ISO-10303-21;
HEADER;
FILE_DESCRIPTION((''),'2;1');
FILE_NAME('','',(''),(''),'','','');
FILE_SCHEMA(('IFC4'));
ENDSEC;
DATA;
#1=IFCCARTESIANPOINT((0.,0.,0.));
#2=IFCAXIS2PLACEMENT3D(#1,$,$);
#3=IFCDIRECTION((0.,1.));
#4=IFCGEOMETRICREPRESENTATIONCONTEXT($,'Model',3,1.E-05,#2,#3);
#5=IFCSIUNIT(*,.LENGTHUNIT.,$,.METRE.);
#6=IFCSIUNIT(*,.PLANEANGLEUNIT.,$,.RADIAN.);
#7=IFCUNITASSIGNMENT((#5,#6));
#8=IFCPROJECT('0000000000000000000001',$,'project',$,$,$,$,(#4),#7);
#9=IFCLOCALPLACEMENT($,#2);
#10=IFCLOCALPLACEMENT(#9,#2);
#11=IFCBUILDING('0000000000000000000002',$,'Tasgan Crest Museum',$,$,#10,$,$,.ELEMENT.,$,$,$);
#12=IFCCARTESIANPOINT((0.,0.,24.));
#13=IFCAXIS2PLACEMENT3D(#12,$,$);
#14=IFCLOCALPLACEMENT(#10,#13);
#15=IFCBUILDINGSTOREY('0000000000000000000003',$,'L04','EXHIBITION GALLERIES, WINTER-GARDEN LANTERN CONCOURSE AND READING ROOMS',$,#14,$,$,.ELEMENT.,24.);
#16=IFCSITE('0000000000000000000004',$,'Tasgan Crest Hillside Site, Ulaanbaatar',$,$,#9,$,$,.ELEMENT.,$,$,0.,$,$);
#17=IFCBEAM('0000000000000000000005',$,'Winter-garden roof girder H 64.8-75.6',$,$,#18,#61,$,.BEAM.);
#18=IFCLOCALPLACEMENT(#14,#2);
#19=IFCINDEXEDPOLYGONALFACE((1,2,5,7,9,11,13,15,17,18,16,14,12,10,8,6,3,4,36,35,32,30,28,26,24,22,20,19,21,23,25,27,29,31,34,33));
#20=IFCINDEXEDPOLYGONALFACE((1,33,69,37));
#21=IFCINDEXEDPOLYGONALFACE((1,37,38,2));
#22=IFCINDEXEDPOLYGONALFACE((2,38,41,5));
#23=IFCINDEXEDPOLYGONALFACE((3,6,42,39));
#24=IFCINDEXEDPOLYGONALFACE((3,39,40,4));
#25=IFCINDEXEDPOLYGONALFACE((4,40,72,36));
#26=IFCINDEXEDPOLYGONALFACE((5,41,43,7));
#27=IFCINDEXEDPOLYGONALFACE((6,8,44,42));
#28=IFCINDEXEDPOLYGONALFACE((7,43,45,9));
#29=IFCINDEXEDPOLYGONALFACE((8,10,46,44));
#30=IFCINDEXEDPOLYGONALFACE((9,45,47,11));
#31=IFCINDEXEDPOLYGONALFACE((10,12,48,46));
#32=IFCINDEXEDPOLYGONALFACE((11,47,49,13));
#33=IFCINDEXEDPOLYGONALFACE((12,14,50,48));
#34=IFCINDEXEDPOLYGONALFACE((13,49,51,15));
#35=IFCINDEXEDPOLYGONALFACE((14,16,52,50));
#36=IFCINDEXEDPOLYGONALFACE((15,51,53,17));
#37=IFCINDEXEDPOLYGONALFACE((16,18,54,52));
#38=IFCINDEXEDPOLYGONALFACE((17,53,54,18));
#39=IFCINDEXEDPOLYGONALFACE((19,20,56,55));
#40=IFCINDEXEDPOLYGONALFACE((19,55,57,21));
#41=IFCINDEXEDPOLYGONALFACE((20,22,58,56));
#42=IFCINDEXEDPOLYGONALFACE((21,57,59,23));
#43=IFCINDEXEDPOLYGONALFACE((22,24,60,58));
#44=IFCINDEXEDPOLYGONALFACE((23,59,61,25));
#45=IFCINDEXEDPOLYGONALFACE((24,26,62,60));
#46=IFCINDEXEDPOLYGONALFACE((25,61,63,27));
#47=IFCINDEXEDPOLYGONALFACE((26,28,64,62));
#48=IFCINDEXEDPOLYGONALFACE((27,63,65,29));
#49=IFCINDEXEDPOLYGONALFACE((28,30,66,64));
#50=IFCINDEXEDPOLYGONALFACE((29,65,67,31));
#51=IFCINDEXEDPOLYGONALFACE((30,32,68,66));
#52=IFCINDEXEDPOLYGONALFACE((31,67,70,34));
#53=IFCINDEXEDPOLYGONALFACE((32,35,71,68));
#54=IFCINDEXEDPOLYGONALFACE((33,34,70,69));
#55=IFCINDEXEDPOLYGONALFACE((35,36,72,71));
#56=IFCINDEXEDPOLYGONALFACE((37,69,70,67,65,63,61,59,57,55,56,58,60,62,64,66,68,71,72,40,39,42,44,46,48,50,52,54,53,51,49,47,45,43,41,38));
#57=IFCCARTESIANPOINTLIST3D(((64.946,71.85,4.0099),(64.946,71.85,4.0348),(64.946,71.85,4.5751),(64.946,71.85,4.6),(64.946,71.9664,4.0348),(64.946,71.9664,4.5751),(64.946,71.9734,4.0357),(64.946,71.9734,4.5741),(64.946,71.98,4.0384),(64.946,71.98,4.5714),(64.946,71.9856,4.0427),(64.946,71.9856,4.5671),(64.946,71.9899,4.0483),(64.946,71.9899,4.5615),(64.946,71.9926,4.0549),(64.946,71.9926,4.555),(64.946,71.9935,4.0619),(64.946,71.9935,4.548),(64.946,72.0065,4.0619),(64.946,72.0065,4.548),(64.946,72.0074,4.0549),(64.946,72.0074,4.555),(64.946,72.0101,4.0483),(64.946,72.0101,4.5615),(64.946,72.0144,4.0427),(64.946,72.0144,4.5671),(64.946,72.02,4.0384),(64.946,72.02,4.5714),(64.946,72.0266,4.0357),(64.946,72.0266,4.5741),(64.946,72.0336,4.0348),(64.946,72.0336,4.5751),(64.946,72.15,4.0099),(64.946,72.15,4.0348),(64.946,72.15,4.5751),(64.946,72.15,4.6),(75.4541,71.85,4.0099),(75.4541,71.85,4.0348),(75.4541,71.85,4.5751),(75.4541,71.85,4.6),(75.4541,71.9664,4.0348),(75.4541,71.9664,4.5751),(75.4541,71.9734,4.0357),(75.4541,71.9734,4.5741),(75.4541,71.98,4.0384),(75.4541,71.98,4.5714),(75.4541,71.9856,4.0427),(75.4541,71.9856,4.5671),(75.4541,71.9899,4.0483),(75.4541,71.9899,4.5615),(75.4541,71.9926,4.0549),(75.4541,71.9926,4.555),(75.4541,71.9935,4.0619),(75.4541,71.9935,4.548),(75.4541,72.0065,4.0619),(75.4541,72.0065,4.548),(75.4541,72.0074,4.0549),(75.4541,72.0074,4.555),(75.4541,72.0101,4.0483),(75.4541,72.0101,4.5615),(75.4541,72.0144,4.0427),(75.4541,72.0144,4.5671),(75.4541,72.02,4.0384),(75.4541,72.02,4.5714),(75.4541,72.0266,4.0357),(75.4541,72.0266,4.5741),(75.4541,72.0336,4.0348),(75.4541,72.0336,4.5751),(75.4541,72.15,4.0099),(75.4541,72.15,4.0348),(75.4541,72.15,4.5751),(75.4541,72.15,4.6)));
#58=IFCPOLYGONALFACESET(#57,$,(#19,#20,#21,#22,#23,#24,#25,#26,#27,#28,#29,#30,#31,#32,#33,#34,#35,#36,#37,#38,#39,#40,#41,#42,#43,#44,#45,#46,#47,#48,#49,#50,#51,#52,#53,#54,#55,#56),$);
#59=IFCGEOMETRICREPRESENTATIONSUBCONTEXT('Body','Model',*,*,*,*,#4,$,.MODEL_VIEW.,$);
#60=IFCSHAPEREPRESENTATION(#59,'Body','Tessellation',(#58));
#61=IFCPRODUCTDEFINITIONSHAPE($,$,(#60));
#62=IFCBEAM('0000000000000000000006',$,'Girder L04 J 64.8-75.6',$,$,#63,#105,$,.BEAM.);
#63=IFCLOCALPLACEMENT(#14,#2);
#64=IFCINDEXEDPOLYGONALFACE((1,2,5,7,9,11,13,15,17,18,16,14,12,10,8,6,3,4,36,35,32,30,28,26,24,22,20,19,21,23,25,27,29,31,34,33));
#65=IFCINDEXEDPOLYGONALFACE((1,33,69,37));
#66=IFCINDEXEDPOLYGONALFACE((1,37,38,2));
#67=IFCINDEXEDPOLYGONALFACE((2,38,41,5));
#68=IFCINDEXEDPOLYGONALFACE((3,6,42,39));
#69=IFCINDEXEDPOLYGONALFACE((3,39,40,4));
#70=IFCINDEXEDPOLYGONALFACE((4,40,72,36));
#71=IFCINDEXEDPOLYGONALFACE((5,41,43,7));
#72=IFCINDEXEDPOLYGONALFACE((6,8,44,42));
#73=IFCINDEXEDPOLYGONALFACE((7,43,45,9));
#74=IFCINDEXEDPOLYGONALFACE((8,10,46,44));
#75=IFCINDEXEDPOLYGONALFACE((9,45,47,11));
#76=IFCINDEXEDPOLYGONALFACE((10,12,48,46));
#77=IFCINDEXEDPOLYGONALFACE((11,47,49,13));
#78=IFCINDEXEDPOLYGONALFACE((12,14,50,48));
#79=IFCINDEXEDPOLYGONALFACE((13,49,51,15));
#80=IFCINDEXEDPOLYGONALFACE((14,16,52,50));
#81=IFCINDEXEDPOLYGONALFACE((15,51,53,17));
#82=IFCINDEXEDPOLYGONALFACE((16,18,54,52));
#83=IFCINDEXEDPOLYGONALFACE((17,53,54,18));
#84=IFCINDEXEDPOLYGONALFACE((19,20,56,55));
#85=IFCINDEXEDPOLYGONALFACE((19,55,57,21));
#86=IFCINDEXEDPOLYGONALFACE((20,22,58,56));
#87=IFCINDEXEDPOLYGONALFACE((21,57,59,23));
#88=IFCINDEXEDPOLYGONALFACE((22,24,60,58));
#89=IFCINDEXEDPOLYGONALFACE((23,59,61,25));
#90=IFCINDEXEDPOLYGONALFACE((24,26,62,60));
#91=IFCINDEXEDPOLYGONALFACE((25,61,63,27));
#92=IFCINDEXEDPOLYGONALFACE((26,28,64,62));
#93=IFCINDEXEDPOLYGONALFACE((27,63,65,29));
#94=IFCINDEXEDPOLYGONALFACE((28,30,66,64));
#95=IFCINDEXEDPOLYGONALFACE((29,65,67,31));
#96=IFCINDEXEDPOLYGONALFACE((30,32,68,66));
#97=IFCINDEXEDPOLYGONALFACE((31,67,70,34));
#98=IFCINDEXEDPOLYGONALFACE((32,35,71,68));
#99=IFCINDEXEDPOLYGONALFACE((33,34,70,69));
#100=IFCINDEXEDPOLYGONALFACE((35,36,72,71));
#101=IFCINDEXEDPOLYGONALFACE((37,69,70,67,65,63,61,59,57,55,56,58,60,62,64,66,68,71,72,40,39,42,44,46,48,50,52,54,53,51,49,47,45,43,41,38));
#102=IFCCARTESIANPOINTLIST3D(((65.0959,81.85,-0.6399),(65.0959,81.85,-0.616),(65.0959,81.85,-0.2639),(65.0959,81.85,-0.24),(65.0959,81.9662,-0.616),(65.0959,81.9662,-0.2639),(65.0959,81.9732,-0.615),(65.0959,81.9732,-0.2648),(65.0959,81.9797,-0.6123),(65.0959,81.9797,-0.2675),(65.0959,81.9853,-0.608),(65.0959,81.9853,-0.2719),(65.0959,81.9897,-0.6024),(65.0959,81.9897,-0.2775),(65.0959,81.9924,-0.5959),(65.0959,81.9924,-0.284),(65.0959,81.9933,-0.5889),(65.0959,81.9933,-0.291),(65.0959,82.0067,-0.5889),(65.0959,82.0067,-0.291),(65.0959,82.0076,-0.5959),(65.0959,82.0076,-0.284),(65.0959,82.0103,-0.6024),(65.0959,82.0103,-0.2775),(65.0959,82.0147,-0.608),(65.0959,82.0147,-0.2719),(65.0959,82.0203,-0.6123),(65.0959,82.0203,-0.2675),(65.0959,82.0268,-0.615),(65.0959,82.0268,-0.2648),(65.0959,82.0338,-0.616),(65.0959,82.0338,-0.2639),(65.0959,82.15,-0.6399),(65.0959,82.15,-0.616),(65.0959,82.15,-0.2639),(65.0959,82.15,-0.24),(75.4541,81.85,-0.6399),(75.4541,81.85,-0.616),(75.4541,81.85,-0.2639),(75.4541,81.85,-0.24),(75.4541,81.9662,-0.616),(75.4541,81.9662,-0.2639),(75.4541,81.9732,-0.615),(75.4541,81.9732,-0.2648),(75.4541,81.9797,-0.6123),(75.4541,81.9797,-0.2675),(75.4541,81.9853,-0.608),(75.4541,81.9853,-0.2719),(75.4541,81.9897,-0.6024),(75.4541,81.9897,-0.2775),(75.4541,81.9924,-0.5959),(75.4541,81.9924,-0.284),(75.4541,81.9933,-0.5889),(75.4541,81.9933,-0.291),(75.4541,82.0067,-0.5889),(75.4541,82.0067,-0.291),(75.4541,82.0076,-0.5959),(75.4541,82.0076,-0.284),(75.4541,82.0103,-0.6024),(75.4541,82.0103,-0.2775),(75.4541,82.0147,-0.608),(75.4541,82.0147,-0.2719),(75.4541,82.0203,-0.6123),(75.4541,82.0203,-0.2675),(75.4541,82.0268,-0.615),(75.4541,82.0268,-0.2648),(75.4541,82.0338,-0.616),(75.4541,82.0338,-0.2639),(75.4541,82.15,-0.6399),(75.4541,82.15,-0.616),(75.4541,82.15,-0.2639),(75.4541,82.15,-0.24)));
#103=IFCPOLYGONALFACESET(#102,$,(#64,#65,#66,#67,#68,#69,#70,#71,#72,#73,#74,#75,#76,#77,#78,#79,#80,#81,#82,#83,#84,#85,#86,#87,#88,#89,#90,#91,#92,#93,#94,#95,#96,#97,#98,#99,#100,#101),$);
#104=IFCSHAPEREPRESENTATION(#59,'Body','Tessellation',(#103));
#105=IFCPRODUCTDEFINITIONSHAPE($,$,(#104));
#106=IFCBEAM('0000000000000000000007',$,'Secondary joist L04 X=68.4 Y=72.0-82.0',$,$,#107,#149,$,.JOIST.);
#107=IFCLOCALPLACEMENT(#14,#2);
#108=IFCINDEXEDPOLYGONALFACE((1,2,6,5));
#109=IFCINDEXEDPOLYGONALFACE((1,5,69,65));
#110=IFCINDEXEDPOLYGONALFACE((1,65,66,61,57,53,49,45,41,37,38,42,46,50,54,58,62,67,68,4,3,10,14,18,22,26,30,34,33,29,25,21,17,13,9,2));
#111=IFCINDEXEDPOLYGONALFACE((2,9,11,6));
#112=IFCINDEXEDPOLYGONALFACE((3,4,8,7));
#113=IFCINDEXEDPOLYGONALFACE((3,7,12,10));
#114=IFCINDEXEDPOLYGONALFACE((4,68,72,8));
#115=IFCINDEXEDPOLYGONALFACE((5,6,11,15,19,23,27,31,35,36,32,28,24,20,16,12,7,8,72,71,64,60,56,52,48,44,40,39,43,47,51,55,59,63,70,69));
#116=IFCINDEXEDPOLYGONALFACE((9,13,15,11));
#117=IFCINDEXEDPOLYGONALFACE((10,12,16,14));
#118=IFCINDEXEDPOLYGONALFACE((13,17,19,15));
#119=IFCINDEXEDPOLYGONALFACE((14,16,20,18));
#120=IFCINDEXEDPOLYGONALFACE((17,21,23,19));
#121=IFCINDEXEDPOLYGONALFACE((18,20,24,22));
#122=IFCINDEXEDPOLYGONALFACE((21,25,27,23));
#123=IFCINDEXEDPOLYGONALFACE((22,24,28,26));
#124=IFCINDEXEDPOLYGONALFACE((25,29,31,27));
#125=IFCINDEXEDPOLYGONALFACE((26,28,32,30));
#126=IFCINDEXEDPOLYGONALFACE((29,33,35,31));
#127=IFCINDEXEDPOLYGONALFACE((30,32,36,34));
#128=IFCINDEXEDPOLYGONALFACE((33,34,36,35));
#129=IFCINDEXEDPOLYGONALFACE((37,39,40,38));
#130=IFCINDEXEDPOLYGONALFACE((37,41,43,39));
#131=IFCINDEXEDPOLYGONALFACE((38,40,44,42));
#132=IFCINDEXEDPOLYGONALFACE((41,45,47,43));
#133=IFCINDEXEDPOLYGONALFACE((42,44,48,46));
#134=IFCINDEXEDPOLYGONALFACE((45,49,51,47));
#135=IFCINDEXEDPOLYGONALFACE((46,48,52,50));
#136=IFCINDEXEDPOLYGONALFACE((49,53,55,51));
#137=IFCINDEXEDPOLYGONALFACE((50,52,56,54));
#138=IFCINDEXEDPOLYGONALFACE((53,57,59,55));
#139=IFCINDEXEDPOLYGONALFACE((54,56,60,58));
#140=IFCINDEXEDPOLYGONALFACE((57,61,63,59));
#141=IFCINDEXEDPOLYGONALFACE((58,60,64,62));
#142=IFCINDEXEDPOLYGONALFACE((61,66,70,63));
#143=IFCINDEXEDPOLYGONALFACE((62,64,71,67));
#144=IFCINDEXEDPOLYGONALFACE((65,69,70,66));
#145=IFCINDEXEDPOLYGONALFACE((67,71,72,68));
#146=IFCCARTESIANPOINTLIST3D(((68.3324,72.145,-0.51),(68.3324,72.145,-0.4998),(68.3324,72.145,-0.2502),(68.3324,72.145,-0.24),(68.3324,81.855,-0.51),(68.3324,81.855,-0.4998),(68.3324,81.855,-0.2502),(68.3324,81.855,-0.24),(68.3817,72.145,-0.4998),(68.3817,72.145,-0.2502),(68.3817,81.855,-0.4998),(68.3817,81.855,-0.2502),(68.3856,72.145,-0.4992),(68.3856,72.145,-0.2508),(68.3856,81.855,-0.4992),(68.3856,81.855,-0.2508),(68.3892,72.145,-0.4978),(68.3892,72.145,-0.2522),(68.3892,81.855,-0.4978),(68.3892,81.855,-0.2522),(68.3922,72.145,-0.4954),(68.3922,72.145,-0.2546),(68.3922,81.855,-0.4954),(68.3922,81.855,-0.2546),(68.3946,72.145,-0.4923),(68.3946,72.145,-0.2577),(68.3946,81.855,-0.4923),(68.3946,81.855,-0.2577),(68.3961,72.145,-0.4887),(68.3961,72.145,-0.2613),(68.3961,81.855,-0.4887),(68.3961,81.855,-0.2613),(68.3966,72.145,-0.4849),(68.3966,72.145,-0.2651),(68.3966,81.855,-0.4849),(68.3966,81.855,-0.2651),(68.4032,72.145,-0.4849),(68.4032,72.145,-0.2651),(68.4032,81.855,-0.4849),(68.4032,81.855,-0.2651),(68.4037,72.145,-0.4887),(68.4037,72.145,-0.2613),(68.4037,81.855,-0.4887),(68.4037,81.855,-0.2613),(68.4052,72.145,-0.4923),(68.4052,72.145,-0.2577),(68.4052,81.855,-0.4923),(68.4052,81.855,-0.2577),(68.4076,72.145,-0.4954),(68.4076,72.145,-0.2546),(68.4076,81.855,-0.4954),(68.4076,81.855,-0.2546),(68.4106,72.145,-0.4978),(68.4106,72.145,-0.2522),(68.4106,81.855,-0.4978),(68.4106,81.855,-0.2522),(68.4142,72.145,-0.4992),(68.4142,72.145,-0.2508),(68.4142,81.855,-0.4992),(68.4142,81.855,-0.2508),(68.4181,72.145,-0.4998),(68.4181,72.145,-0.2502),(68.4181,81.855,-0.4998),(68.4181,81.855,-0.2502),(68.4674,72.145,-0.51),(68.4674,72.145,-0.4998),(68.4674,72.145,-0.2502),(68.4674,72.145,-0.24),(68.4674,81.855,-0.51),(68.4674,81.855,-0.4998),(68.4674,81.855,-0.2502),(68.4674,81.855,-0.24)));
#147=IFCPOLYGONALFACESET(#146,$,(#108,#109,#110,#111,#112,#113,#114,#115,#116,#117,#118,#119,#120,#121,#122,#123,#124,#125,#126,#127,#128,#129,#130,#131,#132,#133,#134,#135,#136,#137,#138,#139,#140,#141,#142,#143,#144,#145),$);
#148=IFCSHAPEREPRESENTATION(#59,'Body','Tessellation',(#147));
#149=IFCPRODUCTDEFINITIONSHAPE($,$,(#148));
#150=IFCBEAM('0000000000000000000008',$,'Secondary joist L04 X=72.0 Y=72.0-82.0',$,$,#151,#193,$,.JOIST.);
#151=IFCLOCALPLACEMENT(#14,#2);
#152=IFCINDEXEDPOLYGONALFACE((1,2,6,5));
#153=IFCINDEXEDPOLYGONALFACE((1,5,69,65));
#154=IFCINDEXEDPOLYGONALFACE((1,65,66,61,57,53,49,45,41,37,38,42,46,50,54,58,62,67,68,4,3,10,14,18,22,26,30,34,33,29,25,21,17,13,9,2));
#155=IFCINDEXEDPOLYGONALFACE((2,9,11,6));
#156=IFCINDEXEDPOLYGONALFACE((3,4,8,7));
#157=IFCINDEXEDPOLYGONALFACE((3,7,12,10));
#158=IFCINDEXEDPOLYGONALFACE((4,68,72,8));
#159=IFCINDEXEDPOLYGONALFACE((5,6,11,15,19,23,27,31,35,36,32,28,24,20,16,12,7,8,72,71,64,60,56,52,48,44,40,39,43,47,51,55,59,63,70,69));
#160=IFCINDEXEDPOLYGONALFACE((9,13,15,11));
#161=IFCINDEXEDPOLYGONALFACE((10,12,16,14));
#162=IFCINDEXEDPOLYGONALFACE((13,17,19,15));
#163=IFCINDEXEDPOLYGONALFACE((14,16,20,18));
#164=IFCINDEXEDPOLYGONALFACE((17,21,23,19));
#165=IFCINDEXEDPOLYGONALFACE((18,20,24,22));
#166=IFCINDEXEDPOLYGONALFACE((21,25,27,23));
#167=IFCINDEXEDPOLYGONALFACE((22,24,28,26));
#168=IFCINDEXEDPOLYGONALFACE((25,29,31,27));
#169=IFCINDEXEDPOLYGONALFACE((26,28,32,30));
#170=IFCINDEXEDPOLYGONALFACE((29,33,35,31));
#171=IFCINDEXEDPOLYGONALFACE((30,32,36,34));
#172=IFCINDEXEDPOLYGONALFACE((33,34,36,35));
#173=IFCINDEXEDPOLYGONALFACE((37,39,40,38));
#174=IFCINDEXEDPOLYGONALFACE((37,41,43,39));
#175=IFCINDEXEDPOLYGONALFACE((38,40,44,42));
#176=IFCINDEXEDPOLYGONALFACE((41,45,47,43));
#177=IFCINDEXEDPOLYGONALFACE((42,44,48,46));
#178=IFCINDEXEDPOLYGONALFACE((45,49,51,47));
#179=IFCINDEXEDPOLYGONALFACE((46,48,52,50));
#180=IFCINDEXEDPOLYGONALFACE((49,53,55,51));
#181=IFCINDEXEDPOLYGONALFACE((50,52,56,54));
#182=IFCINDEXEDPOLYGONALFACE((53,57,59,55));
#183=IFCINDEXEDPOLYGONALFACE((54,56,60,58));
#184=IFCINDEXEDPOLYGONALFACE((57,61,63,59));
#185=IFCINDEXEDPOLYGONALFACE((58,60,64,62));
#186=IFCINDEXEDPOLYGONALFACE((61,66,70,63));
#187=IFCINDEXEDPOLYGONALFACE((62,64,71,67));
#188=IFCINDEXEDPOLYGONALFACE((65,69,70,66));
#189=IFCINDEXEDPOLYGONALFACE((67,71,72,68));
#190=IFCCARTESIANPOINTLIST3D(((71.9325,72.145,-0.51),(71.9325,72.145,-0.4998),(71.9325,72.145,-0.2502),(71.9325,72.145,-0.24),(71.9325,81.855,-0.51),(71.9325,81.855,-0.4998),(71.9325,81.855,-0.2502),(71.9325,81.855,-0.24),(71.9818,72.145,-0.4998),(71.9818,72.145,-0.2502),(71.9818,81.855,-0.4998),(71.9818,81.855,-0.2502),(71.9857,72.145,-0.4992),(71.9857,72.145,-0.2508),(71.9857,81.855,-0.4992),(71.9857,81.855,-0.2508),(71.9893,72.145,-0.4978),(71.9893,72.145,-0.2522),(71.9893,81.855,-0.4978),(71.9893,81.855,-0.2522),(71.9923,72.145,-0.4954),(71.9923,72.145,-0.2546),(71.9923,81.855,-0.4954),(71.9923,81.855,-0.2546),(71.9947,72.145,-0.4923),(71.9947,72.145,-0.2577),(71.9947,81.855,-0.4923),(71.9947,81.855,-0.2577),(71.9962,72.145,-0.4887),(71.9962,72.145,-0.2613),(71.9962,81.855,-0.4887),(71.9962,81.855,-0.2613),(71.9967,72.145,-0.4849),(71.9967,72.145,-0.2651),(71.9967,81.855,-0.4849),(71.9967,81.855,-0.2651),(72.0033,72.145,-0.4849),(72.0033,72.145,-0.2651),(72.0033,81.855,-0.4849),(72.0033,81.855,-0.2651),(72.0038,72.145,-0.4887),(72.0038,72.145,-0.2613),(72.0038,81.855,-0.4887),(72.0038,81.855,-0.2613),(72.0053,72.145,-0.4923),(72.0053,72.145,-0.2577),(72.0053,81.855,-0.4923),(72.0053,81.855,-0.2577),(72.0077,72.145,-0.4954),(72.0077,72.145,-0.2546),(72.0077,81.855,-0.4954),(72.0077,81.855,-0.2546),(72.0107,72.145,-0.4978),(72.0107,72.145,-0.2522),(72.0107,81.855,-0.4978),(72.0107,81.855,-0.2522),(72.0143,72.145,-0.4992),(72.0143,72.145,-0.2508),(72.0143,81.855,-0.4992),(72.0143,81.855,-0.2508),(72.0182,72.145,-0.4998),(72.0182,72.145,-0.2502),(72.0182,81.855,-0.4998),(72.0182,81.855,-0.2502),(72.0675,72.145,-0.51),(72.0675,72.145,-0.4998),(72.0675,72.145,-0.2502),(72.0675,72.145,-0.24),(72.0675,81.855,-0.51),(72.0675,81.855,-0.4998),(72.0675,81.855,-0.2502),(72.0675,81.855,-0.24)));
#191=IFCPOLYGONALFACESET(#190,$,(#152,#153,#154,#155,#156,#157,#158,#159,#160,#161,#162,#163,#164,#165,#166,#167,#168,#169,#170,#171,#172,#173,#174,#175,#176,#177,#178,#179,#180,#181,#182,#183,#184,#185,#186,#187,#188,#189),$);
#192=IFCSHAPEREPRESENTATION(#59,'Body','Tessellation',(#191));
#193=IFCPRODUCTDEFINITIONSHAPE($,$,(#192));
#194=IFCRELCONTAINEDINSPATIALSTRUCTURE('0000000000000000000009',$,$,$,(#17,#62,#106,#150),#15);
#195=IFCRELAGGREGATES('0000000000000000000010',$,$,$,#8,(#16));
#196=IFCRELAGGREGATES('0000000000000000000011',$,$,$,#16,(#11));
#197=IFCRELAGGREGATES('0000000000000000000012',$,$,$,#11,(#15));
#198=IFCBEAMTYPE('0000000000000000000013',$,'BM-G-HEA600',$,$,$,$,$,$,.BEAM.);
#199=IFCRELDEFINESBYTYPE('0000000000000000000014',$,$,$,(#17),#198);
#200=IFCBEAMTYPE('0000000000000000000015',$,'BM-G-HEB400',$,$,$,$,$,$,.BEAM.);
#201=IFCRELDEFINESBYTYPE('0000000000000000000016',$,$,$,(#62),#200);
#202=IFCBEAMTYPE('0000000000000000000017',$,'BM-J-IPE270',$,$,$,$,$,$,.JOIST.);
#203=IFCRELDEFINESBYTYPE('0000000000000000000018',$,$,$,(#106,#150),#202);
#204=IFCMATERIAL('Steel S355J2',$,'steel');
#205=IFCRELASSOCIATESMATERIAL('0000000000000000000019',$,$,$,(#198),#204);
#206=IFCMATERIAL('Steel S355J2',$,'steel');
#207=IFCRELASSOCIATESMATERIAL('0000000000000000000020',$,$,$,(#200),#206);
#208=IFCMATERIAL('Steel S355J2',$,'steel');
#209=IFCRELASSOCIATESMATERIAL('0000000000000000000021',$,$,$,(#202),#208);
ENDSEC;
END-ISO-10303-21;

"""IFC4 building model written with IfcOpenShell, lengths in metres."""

from ifc_helpers import new_model, si_unit, direction, frame, origin, origin_2d, place, context, subcontext, project, spatial, i_section, extrude, material, material_profile, profile_set, type_object, element, save


model = new_model("IFC4")

# Units and contexts
model_context = context("Model", 3, precision=1e-05, world=origin(), true_north=direction((0.0, 1.0)))
body_context = subcontext(model_context, "Body", "Model", "MODEL_VIEW")
ifc_project = project(units=[si_unit("LENGTHUNIT", "METRE"), si_unit("PLANEANGLEUNIT", "RADIAN")], contexts=[model_context])

# Site, building, storey
site_placement = place(None, origin())
site = spatial("IfcSite", under=ifc_project, at=site_placement, Name="Tasgan Crest Hillside Site, Ulaanbaatar", CompositionType="ELEMENT", RefElevation=0.0)
building_placement = place(site_placement, origin())
building = spatial("IfcBuilding", under=site, at=building_placement, Name="Tasgan Crest Museum", CompositionType="ELEMENT")
storey_placement = place(building_placement, frame((0.0, 0.0, 24.0)))
storey = spatial("IfcBuildingStorey", under=building, at=storey_placement, Name="L04", Description="EXHIBITION GALLERIES, WINTER-GARDEN LANTERN CONCOURSE AND READING ROOMS", CompositionType="ELEMENT", Elevation=24.0)

# Beams
ifc_material_1 = material(Name="Steel S355J2", Category="steel")
ifc_material_profile_1 = material_profile(ifc_material_1, i_section(OverallWidth=0.3, OverallDepth=0.5901, WebThickness=0.0129, FlangeThickness=0.0249, FilletRadius=0.0271, at=origin_2d()), Name="HEA 600")
ifc_profile_set_1 = profile_set([ifc_material_profile_1], Name="Steel S355J2")
beam_type_1 = type_object("IfcBeamType", Name="BM-G-HEA600", PredefinedType="BEAM", material=ifc_profile_set_1)
beam_1_placement = place(storey_placement, frame((64.946, 72.0, 4.3049), z_axis=(1.0, 0.0, 0.0), x_axis=(0.0, 1.0, 0.0)))
element("IfcBeam", 1, at=beam_1_placement, inside=storey, type_object=beam_type_1, Name="Winter-garden roof girder H 64.8-75.6", PredefinedType="BEAM", context=body_context, shape_type="SweptSolid", body=[
    extrude(i_section(OverallWidth=0.3, OverallDepth=0.5901, WebThickness=0.0129, FlangeThickness=0.0249, FilletRadius=0.0271, at=origin_2d()), origin(), (0.0, 0.0, 1.0), 10.5081),
])
ifc_material_2 = material(Name="Steel S355J2", Category="steel")
ifc_material_profile_2 = material_profile(ifc_material_2, i_section(OverallWidth=0.3, OverallDepth=0.3999, WebThickness=0.0134, FlangeThickness=0.0239, FilletRadius=0.0271, at=origin_2d()), Name="HEB 400")
ifc_profile_set_2 = profile_set([ifc_material_profile_2], Name="Steel S355J2")
beam_type_2 = type_object("IfcBeamType", Name="BM-G-HEB400", PredefinedType="BEAM", material=ifc_profile_set_2)
beam_2_placement = place(storey_placement, frame((65.0959, 82.0, -0.4399), z_axis=(1.0, 0.0, 0.0), x_axis=(0.0, 1.0, 0.0)))
element("IfcBeam", 2, at=beam_2_placement, inside=storey, type_object=beam_type_2, Name="Girder L04 J 64.8-75.6", PredefinedType="BEAM", context=body_context, shape_type="SweptSolid", body=[
    extrude(i_section(OverallWidth=0.3, OverallDepth=0.3999, WebThickness=0.0134, FlangeThickness=0.0239, FilletRadius=0.0271, at=origin_2d()), origin(), (0.0, 0.0, 1.0), 10.3582),
])
ifc_material_3 = material(Name="Steel S355J2", Category="steel")
ifc_material_profile_3 = material_profile(ifc_material_3, i_section(OverallWidth=0.135, OverallDepth=0.27, WebThickness=0.0066, FlangeThickness=0.0103, FilletRadius=0.0149, at=origin_2d()), Name="IPE 270")
ifc_profile_set_3 = profile_set([ifc_material_profile_3], Name="Steel S355J2")
beam_type_3 = type_object("IfcBeamType", Name="BM-J-IPE270", PredefinedType="JOIST", material=ifc_profile_set_3)
for number, where, z_axis, x_axis, name in (
    (3, (68.3999, 72.145, -0.375), (0.0, 1.0, 0.0), (-1.0, 0.0, 0.0), "Secondary joist L04 X=68.4 Y=72.0-82.0"),
    (4, (72.0, 72.145, -0.375), (0.0, 1.0, 0.0), (-1.0, 0.0, 0.0), "Secondary joist L04 X=72.0 Y=72.0-82.0"),
):
    element("IfcBeam", number, at=place(storey_placement, frame(where, z_axis=z_axis, x_axis=x_axis)), inside=storey, type_object=beam_type_3, Name=name, PredefinedType="JOIST", context=body_context, shape_type="SweptSolid", body=[
        extrude(i_section(OverallWidth=0.135, OverallDepth=0.27, WebThickness=0.0066, FlangeThickness=0.0103, FilletRadius=0.0149, at=origin_2d()), origin(), (0.0, 0.0, 1.0), 9.71),
    ])

save(model, "model.ifc")
